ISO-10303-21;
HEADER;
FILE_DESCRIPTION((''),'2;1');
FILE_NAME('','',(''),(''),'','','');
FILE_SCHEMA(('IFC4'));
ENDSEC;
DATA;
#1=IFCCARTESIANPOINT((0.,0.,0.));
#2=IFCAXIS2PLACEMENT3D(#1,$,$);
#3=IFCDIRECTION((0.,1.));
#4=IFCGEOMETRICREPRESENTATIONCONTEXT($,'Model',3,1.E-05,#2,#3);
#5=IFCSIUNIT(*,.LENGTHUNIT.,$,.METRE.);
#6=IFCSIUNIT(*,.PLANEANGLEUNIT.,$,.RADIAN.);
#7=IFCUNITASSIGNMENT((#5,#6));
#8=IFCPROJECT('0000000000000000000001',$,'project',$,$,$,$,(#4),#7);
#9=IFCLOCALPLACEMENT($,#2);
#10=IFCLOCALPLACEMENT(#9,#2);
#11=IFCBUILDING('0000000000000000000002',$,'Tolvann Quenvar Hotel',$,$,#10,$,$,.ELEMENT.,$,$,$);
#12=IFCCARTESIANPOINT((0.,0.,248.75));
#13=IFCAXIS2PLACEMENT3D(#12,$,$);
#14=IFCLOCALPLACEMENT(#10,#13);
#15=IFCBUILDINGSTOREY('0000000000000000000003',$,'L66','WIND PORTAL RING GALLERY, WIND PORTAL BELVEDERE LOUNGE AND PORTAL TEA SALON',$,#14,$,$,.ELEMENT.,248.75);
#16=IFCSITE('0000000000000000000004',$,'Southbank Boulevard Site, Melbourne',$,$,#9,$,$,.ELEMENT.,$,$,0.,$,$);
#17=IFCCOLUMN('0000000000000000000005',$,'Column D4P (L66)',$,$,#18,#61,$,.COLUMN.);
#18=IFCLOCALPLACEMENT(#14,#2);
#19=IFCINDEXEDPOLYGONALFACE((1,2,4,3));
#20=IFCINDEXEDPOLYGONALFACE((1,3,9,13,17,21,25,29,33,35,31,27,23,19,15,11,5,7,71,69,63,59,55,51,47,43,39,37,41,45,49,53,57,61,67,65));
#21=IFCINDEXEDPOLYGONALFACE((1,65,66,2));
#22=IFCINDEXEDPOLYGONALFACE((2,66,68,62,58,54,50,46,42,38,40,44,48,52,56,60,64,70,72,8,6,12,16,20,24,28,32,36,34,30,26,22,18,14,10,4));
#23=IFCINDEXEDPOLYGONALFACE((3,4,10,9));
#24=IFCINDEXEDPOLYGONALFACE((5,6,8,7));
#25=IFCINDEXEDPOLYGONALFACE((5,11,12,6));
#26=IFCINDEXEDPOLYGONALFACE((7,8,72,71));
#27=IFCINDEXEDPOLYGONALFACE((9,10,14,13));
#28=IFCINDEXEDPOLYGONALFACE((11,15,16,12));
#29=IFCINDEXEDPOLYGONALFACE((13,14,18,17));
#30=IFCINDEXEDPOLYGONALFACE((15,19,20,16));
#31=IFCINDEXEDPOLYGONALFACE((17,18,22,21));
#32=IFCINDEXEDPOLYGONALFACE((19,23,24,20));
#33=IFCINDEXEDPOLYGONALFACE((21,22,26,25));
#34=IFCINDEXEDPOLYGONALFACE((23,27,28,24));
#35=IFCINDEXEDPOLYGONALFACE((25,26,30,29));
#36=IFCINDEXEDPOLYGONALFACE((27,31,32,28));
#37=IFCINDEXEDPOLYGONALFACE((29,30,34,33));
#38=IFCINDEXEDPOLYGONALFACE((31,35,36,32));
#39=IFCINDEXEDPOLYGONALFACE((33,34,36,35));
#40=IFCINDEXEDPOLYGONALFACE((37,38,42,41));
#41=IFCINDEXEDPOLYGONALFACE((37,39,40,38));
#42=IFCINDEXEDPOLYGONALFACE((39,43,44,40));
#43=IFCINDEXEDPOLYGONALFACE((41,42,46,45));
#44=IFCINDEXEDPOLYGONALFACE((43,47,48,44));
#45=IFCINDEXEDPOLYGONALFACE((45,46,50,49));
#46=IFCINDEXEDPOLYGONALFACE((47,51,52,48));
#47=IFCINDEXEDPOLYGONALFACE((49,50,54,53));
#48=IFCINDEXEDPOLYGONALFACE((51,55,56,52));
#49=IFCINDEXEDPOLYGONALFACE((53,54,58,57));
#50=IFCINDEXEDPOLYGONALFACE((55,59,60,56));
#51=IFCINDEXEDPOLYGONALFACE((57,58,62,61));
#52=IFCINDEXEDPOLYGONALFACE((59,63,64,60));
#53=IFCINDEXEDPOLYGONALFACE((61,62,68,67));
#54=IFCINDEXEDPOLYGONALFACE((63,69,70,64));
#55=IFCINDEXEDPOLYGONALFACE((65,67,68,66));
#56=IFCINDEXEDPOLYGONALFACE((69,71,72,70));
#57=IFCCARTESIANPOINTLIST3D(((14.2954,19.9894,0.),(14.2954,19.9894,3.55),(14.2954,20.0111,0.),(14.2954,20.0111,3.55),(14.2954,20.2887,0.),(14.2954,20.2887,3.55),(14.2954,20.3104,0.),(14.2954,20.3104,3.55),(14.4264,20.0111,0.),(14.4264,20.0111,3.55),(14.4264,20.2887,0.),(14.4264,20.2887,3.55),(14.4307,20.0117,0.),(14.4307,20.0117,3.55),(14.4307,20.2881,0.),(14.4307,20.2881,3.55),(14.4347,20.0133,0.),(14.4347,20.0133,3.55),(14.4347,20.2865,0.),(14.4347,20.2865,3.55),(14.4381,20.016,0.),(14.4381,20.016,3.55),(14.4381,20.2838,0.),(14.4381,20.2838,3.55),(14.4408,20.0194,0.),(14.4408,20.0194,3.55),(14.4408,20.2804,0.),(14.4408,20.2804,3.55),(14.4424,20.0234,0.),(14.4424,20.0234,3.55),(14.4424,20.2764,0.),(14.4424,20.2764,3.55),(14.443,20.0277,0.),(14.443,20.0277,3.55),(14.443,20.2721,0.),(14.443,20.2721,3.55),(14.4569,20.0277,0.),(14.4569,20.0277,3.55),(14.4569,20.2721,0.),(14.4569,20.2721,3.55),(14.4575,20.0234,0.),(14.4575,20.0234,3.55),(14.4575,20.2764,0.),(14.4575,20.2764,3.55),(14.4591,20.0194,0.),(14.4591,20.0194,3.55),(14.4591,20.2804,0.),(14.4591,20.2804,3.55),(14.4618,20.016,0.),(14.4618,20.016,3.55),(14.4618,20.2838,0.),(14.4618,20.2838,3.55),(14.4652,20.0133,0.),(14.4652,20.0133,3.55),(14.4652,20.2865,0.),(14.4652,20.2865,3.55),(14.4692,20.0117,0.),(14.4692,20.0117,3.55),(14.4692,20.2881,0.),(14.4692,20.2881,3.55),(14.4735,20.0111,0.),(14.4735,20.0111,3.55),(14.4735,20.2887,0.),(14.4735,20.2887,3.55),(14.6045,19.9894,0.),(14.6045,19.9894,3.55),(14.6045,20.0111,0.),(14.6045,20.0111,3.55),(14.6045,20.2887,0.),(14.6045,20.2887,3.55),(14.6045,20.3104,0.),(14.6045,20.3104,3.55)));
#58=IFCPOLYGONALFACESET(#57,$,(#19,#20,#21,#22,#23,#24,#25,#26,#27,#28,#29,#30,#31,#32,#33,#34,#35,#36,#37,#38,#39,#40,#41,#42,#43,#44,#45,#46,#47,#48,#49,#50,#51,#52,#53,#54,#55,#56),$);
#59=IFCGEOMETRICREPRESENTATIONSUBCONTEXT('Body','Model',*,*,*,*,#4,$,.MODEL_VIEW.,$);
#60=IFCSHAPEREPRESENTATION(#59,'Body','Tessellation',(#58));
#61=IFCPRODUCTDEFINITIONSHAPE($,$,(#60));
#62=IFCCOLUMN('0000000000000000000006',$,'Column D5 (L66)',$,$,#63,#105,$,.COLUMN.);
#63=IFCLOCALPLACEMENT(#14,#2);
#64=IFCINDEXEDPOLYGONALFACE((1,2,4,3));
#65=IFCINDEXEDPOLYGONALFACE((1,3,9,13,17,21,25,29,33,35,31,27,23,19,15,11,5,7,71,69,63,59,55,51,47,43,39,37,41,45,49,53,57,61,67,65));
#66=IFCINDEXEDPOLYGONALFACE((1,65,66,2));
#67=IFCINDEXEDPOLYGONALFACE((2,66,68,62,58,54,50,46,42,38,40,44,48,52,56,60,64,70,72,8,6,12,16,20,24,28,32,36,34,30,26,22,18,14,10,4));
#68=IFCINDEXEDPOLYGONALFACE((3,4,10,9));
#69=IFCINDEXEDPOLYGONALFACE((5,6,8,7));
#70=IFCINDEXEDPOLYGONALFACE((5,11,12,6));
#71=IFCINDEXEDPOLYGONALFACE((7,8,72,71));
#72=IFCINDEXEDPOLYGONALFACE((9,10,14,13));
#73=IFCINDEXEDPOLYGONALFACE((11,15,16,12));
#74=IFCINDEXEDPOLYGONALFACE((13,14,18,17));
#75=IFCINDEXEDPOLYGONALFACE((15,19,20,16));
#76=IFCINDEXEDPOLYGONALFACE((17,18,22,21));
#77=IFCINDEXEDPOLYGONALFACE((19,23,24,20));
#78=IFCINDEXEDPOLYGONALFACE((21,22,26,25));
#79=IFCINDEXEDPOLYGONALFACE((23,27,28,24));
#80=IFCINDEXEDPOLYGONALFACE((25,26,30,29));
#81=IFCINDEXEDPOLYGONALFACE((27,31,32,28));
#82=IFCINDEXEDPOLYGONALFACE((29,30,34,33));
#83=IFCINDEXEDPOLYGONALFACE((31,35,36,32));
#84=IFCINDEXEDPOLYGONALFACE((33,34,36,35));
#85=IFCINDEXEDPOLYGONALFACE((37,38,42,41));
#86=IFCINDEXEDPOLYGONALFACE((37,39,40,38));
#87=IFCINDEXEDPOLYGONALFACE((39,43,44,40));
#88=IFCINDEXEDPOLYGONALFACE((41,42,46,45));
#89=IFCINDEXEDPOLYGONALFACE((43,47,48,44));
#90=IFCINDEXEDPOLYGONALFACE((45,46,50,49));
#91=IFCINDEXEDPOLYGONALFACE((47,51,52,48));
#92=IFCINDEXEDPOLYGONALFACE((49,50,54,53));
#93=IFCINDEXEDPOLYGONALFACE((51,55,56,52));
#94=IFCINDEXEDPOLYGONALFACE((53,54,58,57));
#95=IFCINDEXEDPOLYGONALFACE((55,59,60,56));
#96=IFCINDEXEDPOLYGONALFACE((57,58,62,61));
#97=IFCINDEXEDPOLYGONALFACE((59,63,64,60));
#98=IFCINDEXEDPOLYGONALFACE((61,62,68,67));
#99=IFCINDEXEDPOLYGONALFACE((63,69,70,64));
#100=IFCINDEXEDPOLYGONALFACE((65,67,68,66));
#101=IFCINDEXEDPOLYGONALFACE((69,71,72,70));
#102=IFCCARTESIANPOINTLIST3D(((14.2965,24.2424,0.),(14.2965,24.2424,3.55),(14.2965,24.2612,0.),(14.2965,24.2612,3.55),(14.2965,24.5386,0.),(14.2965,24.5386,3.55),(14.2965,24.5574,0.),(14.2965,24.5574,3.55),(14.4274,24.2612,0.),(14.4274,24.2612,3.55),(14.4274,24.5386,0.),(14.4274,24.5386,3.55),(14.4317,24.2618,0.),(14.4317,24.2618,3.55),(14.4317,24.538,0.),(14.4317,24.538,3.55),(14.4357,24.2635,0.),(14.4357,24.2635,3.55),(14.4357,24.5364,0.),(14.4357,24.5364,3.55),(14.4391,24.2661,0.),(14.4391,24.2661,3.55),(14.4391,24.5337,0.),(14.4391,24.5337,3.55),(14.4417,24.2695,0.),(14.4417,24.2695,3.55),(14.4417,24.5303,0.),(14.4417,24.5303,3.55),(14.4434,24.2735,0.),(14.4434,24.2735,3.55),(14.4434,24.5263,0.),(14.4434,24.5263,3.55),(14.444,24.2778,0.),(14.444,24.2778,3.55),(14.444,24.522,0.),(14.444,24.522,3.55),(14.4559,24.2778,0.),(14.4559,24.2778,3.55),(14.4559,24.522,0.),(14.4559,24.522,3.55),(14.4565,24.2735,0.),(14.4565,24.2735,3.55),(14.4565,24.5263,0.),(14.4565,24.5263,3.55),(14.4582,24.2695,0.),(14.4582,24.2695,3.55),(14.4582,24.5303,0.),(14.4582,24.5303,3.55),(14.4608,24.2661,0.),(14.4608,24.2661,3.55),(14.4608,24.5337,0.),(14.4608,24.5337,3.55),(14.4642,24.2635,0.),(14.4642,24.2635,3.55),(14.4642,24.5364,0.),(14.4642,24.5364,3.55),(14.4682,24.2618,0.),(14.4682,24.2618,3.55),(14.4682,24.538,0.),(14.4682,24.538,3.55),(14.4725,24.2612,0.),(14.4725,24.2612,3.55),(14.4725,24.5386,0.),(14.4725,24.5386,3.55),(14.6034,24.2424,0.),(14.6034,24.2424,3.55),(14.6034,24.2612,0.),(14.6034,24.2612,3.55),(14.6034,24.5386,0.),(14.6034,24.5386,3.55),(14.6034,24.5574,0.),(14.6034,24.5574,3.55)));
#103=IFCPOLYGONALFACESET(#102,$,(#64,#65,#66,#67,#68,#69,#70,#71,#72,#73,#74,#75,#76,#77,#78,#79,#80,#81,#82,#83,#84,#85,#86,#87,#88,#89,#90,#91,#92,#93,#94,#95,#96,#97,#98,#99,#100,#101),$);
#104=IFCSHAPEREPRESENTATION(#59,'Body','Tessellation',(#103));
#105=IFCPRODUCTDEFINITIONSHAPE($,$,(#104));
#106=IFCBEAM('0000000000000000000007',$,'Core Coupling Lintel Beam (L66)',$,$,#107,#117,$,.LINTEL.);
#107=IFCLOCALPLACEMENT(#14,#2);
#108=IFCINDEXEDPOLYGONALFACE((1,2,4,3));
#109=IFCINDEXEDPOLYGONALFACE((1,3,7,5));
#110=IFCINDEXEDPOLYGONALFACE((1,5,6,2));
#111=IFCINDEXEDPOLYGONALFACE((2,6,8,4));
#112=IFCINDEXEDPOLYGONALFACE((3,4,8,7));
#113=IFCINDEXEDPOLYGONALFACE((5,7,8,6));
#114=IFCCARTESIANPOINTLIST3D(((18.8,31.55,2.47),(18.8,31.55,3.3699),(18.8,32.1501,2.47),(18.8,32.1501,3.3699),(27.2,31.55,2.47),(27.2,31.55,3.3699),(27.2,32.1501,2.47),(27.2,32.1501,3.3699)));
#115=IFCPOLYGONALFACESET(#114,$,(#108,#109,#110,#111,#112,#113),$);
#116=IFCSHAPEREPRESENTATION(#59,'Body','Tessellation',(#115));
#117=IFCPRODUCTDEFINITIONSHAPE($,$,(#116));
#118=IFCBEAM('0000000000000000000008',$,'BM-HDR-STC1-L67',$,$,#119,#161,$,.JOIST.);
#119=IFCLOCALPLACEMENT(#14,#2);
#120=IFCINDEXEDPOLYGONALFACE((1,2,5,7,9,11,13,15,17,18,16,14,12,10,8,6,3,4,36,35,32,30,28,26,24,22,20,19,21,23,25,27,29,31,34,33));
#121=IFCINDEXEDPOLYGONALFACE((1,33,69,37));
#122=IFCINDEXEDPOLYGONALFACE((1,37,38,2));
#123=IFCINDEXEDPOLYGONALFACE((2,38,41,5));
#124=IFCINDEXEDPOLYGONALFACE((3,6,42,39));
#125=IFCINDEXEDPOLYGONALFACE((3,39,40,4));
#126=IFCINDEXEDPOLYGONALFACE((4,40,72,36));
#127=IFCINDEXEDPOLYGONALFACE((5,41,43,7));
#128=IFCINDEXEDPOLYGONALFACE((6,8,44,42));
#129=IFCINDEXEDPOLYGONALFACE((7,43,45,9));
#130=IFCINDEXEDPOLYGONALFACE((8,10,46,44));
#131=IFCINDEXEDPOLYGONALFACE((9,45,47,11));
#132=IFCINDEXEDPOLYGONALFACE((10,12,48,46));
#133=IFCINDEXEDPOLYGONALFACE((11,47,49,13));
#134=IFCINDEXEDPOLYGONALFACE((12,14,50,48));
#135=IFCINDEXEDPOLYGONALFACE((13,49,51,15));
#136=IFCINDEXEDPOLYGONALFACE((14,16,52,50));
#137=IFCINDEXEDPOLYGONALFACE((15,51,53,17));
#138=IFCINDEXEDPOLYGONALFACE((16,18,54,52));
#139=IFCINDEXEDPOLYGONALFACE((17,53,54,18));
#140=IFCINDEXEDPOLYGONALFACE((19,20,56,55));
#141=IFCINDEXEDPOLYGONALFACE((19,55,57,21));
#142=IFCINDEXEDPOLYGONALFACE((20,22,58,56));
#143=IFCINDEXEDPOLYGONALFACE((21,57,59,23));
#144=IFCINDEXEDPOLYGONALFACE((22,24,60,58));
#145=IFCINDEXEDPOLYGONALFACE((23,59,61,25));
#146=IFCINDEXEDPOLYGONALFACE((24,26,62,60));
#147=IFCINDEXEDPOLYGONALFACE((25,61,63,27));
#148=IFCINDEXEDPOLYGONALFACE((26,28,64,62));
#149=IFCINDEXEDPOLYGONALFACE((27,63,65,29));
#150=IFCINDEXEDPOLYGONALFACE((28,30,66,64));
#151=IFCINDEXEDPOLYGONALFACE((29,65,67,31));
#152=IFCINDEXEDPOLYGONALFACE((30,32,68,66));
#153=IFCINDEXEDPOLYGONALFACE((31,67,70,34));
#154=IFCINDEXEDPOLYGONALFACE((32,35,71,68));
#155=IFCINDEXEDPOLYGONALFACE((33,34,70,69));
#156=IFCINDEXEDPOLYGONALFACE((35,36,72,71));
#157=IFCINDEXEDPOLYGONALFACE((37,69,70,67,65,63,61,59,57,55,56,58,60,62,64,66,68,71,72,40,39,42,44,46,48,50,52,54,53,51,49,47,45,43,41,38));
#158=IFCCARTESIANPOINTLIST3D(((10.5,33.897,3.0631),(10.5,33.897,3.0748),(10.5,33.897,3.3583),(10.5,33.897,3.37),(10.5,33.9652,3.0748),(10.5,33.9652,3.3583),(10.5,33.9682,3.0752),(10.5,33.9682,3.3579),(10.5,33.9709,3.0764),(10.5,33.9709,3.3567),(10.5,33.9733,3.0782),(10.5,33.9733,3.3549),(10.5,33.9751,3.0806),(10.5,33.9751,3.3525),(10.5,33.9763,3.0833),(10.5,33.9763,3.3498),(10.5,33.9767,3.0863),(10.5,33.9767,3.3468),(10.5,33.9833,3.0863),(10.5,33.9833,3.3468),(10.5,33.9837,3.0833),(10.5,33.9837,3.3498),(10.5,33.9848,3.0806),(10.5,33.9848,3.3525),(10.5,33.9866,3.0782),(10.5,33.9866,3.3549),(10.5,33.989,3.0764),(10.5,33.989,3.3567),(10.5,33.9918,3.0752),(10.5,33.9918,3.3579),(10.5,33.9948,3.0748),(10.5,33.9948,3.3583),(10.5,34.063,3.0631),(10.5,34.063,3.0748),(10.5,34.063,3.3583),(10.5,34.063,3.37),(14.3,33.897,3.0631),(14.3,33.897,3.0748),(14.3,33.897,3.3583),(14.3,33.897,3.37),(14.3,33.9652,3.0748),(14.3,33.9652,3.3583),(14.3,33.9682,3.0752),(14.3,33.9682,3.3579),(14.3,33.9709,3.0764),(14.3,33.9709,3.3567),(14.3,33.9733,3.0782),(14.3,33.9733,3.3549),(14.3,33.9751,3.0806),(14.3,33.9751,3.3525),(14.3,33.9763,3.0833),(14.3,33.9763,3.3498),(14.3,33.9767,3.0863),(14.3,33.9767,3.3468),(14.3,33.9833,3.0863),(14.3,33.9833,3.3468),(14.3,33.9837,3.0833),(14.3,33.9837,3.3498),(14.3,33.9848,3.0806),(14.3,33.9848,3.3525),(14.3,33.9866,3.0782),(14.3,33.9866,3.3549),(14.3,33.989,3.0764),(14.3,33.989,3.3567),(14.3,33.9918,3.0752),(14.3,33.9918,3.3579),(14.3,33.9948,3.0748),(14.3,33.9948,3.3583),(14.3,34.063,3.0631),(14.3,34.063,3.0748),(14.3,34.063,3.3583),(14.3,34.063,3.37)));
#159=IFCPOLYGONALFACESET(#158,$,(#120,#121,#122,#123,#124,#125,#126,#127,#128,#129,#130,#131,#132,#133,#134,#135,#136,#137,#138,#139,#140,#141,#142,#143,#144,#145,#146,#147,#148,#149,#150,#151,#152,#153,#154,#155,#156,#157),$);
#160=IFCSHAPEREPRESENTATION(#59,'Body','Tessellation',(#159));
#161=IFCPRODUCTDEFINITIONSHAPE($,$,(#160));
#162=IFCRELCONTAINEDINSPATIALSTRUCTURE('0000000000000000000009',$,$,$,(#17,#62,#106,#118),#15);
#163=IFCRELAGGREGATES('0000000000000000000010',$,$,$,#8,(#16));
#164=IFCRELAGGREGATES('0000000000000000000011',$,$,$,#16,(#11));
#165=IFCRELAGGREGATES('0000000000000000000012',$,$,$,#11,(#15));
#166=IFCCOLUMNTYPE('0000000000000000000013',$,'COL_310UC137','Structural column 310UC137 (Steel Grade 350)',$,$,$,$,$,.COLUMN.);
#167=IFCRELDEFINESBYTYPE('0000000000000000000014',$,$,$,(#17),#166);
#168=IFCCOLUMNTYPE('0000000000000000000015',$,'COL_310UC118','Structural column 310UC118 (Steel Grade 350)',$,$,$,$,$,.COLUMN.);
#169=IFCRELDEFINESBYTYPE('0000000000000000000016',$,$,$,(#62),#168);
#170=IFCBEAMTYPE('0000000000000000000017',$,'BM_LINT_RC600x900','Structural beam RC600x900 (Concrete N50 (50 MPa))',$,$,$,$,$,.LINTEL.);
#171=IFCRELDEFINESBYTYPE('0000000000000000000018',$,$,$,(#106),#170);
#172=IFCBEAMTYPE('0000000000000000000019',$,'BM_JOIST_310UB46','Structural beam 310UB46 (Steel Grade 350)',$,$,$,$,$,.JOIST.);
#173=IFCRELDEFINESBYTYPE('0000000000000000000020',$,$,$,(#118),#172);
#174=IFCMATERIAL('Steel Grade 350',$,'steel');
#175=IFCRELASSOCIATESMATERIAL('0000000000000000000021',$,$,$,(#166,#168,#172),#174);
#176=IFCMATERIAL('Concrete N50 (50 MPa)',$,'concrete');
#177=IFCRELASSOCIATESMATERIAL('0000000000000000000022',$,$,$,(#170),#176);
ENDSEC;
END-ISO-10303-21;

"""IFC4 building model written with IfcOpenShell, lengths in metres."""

from ifc_helpers import new_model, si_unit, direction, frame, origin, origin_2d, place, context, subcontext, project, spatial, rectangle, i_section, extrude, source, transform, mapped, material, material_profile, profile_set, type_object, type_shapes, element, save


model = new_model("IFC4")

# Units and contexts
model_context = context("Model", 3, precision=1e-05, world=origin(), true_north=direction((0.0, 1.0)))
body_context = subcontext(model_context, "Body", "Model", "MODEL_VIEW")
ifc_project = project(units=[si_unit("LENGTHUNIT", "METRE"), si_unit("PLANEANGLEUNIT", "RADIAN")], contexts=[model_context])

# Site, building, storey
site_placement = place(None, origin())
site = spatial("IfcSite", under=ifc_project, at=site_placement, Name="Southbank Boulevard Site, Melbourne", CompositionType="ELEMENT", RefElevation=0.0)
building_placement = place(site_placement, origin())
building = spatial("IfcBuilding", under=site, at=building_placement, Name="Tolvann Quenvar Hotel", CompositionType="ELEMENT")
storey_placement = place(building_placement, frame((0.0, 0.0, 248.75)))
storey = spatial("IfcBuildingStorey", under=building, at=storey_placement, Name="L66", Description="WIND PORTAL RING GALLERY, WIND PORTAL BELVEDERE LOUNGE AND PORTAL TEA SALON", CompositionType="ELEMENT", Elevation=248.75)

# Columns
ifc_material_1 = material(Name="Steel Grade 350", Category="steel")
ifc_material_profile_1 = material_profile(ifc_material_1, i_section(OverallWidth=0.3091, OverallDepth=0.321, WebThickness=0.0139, FlangeThickness=0.0217, FilletRadius=0.0166, at=origin_2d()), Name="310UC137")
ifc_profile_set_1 = profile_set([ifc_material_profile_1], Name="Steel Grade 350")
column_type_1 = type_object("IfcColumnType", Name="COL_310UC137", Description="Structural column 310UC137 (Steel Grade 350)", PredefinedType="COLUMN", material=ifc_profile_set_1)
shared_shape_1 = source(origin(), body_context, "Body", "SweptSolid", [
    extrude(i_section(OverallWidth=0.3091, OverallDepth=0.321, WebThickness=0.0139, FlangeThickness=0.0217, FilletRadius=0.0166, at=origin_2d()), origin(), (0.0, 0.0, 1.0), 3.55),
])
type_shapes(column_type_1, [shared_shape_1])
column_1_placement = place(storey_placement, frame((14.45, 20.1499, 0.0), z_axis=(0.0, 0.0, 1.0), x_axis=(1.0, 0.0, 0.0)))
element("IfcColumn", 1, at=column_1_placement, inside=storey, type_object=column_type_1, Name="Column D4P (L66)", PredefinedType="COLUMN", context=body_context, shape_type="MappedRepresentation", body=[
    mapped(shared_shape_1, transform((0.0, 0.0, 0.0), x_axis=(1.0, 0.0, 0.0), y_axis=(0.0, 1.0, 0.0), z_axis=(0.0, 0.0, 1.0), scale=1.0)),
])
ifc_material_profile_2 = material_profile(ifc_material_1, i_section(OverallWidth=0.3069, OverallDepth=0.3149, WebThickness=0.012, FlangeThickness=0.0188, FilletRadius=0.0166, at=origin_2d()), Name="310UC118")
ifc_profile_set_2 = profile_set([ifc_material_profile_2], Name="Steel Grade 350")
column_type_2 = type_object("IfcColumnType", Name="COL_310UC118", Description="Structural column 310UC118 (Steel Grade 350)", PredefinedType="COLUMN", material=ifc_profile_set_2)
shared_shape_2 = source(origin(), body_context, "Body", "SweptSolid", [
    extrude(i_section(OverallWidth=0.3069, OverallDepth=0.3149, WebThickness=0.012, FlangeThickness=0.0188, FilletRadius=0.0166, at=origin_2d()), origin(), (0.0, 0.0, 1.0), 3.55),
])
type_shapes(column_type_2, [shared_shape_2])
column_2_placement = place(storey_placement, frame((14.45, 24.3999, 0.0), z_axis=(0.0, 0.0, 1.0), x_axis=(1.0, 0.0, 0.0)))
element("IfcColumn", 2, at=column_2_placement, inside=storey, type_object=column_type_2, Name="Column D5 (L66)", PredefinedType="COLUMN", context=body_context, shape_type="MappedRepresentation", body=[
    mapped(shared_shape_2, transform((0.0, 0.0, 0.0), x_axis=(1.0, 0.0, 0.0), y_axis=(0.0, 1.0, 0.0), z_axis=(0.0, 0.0, 1.0), scale=1.0)),
])

# Beams
ifc_material_2 = material(Name="Concrete N50 (50 MPa)", Category="concrete")
ifc_material_profile_3 = material_profile(ifc_material_2, rectangle(XDim=0.6001, YDim=0.8999, at=origin_2d()), Name="RC600x900")
ifc_profile_set_3 = profile_set([ifc_material_profile_3], Name="Concrete N50 (50 MPa)")
beam_type_1 = type_object("IfcBeamType", Name="BM_LINT_RC600x900", Description="Structural beam RC600x900 (Concrete N50 (50 MPa))", PredefinedType="LINTEL", material=ifc_profile_set_3)
shared_shape_3 = source(origin(), body_context, "Body", "SweptSolid", [
    extrude(rectangle(XDim=0.6001, YDim=0.8999, at=origin_2d()), origin(), (0.0, 0.0, 1.0), 8.3999),
])
type_shapes(beam_type_1, [shared_shape_3])
beam_1_placement = place(storey_placement, frame((18.8, 31.8501, 2.9199), z_axis=(1.0, 0.0, 0.0), x_axis=(0.0, 1.0, 0.0)))
element("IfcBeam", 3, at=beam_1_placement, inside=storey, type_object=beam_type_1, Name="Core Coupling Lintel Beam (L66)", PredefinedType="LINTEL", context=body_context, shape_type="MappedRepresentation", body=[
    mapped(shared_shape_3, transform((0.0, 0.0, 0.0), x_axis=(1.0, 0.0, 0.0), y_axis=(0.0, 1.0, 0.0), z_axis=(0.0, 0.0, 1.0), scale=1.0)),
])
ifc_material_profile_4 = material_profile(ifc_material_1, i_section(OverallWidth=0.166, OverallDepth=0.3069, WebThickness=0.0066, FlangeThickness=0.0117, FilletRadius=0.0115, at=origin_2d()), Name="310UB46")
ifc_profile_set_4 = profile_set([ifc_material_profile_4], Name="Steel Grade 350")
beam_type_2 = type_object("IfcBeamType", Name="BM_JOIST_310UB46", Description="Structural beam 310UB46 (Steel Grade 350)", PredefinedType="JOIST", material=ifc_profile_set_4)
shared_shape_4 = source(origin(), body_context, "Body", "SweptSolid", [
    extrude(i_section(OverallWidth=0.166, OverallDepth=0.3069, WebThickness=0.0066, FlangeThickness=0.0117, FilletRadius=0.0115, at=origin_2d()), origin(), (0.0, 0.0, 1.0), 3.8),
])
beam_2_placement = place(storey_placement, frame((10.5, 33.98, 3.2166), z_axis=(1.0, 0.0, 0.0), x_axis=(0.0, 1.0, 0.0)))
element("IfcBeam", 4, at=beam_2_placement, inside=storey, type_object=beam_type_2, Name="BM-HDR-STC1-L67", PredefinedType="JOIST", context=body_context, shape_type="MappedRepresentation", body=[
    mapped(shared_shape_4, transform((0.0, 0.0, 0.0), x_axis=(1.0, 0.0, 0.0), y_axis=(0.0, 1.0, 0.0), z_axis=(0.0, 0.0, 1.0), scale=1.0)),
])

save(model, "model.ifc")
